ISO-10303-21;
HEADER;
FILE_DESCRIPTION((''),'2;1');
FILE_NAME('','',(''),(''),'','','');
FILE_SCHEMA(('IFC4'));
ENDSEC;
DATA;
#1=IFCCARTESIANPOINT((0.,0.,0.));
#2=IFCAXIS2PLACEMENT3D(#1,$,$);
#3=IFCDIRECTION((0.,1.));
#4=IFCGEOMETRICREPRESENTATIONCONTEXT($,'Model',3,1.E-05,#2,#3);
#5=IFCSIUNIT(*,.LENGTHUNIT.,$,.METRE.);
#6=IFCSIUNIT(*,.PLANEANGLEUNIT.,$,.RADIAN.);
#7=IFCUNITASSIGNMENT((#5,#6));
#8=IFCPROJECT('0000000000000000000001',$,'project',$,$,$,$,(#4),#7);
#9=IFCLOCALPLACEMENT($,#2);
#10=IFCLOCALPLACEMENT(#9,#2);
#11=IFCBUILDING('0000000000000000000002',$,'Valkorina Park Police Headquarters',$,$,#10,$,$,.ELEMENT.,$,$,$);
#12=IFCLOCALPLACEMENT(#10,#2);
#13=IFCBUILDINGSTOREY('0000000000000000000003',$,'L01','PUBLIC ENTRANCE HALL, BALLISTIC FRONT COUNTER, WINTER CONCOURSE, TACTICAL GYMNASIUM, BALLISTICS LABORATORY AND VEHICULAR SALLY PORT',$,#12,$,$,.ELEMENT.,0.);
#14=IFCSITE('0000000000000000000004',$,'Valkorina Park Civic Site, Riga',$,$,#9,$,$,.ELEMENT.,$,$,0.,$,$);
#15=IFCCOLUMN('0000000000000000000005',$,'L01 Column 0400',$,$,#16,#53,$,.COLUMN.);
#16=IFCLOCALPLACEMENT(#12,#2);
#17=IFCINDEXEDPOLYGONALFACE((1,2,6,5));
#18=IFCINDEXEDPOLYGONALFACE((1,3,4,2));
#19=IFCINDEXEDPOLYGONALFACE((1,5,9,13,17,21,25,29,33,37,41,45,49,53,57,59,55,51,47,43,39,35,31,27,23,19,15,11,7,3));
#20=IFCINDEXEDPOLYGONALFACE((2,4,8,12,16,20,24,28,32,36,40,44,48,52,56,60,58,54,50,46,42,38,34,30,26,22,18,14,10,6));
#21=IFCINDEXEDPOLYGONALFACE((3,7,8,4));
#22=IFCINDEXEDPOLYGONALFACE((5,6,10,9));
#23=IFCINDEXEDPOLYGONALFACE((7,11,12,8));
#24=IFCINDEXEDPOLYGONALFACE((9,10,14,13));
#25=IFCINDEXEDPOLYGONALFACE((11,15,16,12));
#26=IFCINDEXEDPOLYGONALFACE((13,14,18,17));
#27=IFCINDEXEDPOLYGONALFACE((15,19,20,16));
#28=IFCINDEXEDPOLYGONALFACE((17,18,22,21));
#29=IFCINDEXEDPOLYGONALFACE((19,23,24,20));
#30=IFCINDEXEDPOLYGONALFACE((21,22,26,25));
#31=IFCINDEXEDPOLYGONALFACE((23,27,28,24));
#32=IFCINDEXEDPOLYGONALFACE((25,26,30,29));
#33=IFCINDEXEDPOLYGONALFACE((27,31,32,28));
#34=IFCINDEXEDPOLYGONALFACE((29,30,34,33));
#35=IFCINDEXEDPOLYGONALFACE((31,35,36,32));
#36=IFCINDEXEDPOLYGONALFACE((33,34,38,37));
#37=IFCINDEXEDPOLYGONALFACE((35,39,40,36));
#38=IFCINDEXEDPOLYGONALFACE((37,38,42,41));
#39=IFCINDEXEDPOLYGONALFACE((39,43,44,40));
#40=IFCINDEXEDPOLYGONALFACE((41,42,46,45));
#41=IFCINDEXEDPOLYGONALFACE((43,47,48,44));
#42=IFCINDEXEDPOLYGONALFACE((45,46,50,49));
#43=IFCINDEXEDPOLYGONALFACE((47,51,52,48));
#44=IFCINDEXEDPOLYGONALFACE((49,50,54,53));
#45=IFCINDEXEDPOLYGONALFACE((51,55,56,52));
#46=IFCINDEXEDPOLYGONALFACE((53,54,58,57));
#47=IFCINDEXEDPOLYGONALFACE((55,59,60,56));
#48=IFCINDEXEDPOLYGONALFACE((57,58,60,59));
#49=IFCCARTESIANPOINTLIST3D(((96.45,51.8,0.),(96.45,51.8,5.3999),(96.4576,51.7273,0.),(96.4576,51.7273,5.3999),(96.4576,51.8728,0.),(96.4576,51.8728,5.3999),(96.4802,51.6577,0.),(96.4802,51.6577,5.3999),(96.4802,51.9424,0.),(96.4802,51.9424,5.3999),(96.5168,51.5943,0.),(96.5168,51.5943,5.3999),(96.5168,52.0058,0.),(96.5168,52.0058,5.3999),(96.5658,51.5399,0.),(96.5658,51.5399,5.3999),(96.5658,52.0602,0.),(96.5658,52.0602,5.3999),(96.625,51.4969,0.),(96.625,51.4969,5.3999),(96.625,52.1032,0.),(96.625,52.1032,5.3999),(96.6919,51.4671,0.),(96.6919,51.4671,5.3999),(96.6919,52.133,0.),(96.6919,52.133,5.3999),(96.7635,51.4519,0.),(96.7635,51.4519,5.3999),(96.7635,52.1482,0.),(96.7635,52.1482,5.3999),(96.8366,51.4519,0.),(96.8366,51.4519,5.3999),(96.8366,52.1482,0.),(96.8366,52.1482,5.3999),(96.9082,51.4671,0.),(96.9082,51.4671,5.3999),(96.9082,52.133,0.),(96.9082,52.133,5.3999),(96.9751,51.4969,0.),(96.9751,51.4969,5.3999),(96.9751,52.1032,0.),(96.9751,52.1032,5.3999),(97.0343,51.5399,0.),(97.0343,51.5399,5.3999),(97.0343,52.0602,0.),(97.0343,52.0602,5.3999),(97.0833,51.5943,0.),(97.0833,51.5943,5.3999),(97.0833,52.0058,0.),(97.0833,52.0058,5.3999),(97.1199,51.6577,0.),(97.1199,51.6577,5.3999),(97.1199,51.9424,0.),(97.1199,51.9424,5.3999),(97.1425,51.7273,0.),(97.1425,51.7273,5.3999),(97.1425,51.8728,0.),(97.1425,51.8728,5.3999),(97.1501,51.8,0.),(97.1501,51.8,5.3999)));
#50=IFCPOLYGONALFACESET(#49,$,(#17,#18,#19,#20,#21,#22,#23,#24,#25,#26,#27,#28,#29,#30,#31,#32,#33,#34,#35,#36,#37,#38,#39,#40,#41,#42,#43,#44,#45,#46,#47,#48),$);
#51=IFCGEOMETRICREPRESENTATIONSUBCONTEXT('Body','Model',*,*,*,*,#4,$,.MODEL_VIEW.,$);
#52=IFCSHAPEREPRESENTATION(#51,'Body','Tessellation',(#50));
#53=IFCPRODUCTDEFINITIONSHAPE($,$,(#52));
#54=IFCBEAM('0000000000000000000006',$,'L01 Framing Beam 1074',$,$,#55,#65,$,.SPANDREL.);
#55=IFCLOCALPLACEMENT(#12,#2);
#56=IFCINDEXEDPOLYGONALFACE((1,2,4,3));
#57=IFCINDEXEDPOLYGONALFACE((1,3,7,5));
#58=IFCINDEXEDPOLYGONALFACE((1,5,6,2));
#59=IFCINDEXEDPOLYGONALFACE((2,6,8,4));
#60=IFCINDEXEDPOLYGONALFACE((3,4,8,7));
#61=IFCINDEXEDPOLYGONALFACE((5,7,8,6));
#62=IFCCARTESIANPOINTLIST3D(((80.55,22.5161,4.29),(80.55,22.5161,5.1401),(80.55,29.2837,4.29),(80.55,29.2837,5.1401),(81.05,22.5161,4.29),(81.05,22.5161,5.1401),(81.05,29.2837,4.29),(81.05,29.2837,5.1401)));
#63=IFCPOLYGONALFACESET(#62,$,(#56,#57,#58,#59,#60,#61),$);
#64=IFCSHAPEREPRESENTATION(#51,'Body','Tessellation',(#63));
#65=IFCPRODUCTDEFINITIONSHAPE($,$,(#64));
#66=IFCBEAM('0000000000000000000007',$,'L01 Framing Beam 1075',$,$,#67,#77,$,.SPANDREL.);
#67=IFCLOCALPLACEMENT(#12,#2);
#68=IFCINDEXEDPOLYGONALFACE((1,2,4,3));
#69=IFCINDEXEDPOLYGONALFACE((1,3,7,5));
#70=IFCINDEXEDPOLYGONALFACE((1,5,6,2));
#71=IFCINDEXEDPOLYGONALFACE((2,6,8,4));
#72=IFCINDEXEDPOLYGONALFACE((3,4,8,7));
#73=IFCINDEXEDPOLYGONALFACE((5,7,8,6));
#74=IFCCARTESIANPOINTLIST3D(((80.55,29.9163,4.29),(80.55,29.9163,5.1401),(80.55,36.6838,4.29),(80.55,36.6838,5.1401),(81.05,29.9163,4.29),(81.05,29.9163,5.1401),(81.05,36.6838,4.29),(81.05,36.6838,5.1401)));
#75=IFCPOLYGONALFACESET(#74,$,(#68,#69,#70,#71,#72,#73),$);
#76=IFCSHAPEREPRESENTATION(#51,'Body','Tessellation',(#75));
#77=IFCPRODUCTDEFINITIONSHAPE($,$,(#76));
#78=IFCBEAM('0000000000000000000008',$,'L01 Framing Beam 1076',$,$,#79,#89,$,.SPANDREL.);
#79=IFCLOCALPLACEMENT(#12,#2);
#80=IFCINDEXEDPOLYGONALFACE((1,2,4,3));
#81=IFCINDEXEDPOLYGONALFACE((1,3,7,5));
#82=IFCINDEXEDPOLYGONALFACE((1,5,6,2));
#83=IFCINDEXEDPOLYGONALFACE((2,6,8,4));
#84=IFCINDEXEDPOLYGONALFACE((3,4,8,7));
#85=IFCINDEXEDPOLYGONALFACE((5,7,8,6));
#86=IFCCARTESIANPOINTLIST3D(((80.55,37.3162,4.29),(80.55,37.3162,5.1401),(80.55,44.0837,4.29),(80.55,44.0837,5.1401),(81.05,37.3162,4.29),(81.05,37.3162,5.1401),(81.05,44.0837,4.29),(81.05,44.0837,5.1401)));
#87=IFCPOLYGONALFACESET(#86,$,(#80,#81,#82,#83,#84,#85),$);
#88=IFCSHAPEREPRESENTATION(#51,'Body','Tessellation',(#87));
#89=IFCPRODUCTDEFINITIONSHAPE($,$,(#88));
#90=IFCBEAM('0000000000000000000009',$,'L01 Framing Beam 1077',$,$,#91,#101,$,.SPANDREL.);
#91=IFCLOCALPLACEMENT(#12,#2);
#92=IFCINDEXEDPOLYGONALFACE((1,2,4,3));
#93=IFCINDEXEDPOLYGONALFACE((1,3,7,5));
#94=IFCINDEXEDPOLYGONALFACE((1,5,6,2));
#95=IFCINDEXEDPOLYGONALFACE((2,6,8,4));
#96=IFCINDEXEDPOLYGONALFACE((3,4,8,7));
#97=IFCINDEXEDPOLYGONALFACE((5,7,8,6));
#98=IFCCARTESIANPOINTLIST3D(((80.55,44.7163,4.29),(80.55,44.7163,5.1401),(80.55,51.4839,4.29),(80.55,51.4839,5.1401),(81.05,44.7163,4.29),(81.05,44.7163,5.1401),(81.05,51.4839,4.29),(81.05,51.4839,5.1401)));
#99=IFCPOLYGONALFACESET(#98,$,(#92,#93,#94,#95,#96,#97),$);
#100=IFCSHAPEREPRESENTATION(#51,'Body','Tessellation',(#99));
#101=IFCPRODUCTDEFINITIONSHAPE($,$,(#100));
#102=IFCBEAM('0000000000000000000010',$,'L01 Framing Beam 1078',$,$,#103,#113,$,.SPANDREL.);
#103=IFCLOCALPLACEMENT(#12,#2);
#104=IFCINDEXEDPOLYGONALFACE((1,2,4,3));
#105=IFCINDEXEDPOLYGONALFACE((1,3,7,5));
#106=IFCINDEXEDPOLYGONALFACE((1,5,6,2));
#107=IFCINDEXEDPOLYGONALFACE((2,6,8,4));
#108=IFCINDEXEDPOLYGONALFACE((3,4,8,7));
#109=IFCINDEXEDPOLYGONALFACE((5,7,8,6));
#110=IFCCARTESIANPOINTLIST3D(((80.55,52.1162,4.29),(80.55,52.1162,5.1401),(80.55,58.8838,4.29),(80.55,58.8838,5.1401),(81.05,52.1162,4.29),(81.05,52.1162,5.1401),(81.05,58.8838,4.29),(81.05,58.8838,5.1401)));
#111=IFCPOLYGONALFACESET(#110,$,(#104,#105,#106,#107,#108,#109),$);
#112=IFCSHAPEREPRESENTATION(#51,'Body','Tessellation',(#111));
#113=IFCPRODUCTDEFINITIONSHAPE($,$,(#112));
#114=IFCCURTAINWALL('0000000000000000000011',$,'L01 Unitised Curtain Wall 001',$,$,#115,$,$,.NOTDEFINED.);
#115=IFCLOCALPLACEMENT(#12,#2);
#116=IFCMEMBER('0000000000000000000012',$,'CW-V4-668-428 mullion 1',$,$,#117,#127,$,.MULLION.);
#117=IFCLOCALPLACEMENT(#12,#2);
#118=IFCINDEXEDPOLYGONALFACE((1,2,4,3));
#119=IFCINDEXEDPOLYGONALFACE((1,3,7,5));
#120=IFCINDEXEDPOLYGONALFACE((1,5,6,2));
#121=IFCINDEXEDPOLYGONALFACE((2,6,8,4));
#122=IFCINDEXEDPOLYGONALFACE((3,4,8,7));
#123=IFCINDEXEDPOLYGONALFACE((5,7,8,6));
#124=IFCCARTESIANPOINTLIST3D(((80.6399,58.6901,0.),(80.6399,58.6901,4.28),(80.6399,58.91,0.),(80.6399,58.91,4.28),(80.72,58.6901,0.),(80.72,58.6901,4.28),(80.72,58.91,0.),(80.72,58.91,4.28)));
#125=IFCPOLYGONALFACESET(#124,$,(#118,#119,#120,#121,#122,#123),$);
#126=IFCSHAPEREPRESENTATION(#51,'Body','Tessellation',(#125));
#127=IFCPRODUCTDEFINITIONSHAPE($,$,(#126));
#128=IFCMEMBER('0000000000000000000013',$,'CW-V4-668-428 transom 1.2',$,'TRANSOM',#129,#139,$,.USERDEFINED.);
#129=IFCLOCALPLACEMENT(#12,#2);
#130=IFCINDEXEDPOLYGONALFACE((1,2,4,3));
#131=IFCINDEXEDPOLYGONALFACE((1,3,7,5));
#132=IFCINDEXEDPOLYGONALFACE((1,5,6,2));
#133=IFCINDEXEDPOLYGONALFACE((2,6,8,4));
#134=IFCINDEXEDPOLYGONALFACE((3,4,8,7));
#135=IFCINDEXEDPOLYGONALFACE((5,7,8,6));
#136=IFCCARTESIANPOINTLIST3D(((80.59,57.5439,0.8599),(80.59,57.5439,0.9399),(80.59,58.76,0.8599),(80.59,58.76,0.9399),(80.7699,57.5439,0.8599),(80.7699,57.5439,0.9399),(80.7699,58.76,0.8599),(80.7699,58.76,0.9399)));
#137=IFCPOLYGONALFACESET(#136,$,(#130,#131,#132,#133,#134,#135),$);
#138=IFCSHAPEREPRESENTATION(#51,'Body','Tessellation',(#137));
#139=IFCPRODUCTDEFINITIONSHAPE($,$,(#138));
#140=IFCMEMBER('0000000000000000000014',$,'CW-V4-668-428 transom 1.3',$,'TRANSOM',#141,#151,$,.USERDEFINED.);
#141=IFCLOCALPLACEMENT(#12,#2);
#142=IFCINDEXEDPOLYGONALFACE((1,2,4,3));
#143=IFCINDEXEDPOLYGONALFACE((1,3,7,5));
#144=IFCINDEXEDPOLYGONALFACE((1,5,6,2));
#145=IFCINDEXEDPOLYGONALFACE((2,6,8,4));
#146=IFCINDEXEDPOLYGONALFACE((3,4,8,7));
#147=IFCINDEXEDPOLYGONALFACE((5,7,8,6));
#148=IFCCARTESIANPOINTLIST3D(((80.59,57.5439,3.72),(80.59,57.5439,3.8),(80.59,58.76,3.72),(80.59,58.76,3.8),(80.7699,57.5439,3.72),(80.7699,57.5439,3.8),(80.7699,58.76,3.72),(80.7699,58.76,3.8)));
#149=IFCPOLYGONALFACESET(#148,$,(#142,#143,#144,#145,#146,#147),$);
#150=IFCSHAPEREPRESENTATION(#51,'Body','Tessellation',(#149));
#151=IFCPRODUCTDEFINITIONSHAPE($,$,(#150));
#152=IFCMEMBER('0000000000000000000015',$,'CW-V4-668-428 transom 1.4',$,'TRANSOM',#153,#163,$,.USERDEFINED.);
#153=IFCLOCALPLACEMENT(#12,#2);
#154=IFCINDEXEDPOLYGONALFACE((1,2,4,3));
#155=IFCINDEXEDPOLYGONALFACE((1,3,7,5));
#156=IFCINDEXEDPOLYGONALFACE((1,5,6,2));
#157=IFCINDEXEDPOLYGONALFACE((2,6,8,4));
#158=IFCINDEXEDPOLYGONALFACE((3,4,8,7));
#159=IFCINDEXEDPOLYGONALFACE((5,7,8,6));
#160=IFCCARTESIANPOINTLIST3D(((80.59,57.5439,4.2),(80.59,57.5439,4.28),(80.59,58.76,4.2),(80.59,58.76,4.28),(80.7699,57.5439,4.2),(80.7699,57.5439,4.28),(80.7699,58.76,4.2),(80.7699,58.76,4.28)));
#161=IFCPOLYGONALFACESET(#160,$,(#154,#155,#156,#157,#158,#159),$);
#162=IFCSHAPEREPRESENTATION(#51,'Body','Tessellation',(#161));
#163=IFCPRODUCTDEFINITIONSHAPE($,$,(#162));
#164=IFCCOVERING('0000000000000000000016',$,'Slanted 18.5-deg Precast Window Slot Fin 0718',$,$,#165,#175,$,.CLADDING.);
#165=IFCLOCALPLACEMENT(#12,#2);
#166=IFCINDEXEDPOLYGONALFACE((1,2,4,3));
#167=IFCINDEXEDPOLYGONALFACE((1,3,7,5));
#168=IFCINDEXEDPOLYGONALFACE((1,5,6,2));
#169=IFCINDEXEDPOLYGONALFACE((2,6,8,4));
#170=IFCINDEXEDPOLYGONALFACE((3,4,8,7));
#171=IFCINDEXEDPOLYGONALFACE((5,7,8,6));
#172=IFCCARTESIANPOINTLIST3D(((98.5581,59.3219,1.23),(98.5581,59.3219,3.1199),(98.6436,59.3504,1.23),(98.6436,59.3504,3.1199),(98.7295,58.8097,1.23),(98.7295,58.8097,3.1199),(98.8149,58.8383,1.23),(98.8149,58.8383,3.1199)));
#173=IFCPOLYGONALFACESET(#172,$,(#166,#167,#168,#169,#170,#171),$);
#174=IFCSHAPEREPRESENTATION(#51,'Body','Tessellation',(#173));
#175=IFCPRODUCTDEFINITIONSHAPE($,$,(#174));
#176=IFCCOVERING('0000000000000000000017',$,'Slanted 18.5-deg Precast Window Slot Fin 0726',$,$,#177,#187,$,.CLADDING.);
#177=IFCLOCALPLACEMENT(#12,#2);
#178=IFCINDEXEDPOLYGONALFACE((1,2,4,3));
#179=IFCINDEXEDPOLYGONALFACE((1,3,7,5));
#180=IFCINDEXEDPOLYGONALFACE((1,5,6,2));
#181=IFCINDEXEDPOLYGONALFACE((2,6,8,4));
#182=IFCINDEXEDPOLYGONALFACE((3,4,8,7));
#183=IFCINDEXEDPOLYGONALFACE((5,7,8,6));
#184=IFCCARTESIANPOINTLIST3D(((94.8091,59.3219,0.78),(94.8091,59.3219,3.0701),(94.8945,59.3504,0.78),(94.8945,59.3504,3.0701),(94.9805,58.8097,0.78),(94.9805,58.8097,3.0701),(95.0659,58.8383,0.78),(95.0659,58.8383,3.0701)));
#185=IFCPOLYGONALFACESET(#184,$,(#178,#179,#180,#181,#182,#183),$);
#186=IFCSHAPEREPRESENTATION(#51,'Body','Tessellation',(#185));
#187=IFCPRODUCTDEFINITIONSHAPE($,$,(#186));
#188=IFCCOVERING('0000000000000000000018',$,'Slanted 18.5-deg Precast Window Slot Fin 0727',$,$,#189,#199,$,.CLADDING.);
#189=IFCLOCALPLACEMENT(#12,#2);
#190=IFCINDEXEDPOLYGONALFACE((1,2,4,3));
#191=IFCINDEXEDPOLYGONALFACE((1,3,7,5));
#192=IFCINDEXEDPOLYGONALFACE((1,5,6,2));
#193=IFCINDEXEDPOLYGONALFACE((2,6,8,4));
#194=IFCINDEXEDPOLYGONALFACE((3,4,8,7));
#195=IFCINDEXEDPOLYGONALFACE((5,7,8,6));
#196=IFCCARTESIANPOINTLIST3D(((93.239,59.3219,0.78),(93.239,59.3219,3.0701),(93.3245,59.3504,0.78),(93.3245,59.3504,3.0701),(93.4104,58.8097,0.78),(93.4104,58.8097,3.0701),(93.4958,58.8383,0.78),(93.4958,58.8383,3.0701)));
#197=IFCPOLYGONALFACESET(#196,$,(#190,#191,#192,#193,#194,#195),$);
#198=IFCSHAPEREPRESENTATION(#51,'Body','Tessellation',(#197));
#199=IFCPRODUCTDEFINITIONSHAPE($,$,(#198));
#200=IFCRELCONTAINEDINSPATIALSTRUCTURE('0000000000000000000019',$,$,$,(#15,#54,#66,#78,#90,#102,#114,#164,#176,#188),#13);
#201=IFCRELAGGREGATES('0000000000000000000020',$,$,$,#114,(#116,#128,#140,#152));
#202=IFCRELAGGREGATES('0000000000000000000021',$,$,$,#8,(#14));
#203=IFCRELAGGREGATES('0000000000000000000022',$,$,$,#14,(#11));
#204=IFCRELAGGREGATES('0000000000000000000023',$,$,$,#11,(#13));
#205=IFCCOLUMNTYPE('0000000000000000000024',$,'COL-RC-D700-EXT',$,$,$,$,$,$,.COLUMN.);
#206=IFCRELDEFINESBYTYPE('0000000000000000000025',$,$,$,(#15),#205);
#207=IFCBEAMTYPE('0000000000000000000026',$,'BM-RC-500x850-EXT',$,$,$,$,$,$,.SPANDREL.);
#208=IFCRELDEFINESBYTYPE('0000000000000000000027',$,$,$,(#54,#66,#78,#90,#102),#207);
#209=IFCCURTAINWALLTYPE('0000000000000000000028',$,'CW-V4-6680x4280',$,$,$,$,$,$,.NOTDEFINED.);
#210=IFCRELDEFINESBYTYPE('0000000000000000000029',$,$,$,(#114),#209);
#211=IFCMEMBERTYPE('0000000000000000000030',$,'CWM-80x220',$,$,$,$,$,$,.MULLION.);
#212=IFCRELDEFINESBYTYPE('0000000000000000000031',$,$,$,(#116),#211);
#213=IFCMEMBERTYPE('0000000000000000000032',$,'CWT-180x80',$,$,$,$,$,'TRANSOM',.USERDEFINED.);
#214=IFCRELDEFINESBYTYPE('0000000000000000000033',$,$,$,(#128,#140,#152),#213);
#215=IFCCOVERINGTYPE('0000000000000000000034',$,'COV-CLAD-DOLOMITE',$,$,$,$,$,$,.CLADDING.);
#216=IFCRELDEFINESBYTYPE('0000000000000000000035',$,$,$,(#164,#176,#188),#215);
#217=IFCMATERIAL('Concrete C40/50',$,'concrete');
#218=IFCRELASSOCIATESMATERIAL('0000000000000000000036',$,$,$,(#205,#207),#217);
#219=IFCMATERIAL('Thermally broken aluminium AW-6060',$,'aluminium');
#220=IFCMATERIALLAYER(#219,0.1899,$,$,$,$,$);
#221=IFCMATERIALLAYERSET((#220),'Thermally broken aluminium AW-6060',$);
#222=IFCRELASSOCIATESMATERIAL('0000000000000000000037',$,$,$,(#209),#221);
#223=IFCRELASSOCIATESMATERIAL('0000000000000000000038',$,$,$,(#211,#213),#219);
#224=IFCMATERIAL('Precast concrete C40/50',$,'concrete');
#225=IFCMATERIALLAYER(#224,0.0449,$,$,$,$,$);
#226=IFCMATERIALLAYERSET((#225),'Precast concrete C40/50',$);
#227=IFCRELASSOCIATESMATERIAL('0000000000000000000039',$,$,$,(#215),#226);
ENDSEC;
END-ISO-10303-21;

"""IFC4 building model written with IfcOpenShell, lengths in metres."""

from ifc_helpers import new_model, si_unit, direction, frame, origin, origin_2d, place, context, subcontext, project, spatial, rectangle, circle, extrude, material, layer, layer_set, material_profile, profile_set, type_object, element, aggregate, save


model = new_model("IFC4")

# Units and contexts
model_context = context("Model", 3, precision=1e-05, world=origin(), true_north=direction((0.0, 1.0)))
body_context = subcontext(model_context, "Body", "Model", "MODEL_VIEW")
ifc_project = project(units=[si_unit("LENGTHUNIT", "METRE"), si_unit("PLANEANGLEUNIT", "RADIAN")], contexts=[model_context])

# Site, building, storey
site_placement = place(None, origin())
site = spatial("IfcSite", under=ifc_project, at=site_placement, Name="Valkorina Park Civic Site, Riga", CompositionType="ELEMENT", RefElevation=0.0)
building_placement = place(site_placement, origin())
building = spatial("IfcBuilding", under=site, at=building_placement, Name="Valkorina Park Police Headquarters", CompositionType="ELEMENT")
storey_placement = place(building_placement, origin())
storey = spatial("IfcBuildingStorey", under=building, at=storey_placement, Name="L01", Description="PUBLIC ENTRANCE HALL, BALLISTIC FRONT COUNTER, WINTER CONCOURSE, TACTICAL GYMNASIUM, BALLISTICS LABORATORY AND VEHICULAR SALLY PORT", CompositionType="ELEMENT", Elevation=0.0)

# Column
ifc_material_1 = material(Name="Concrete C40/50", Category="concrete")
ifc_material_profile_1 = material_profile(ifc_material_1, circle(Radius=0.3501, at=origin_2d()), Name="RC COL D700")
ifc_profile_set_1 = profile_set([ifc_material_profile_1], Name="Concrete C40/50")
column_type = type_object("IfcColumnType", Name="COL-RC-D700-EXT", PredefinedType="COLUMN", material=ifc_profile_set_1)
for number, where, z_axis, x_axis, name in (
    (1, (96.8, 51.8, 0.0), (0.0, 0.0, 1.0), (1.0, 0.0, 0.0), "L01 Column 0400"),
):
    element("IfcColumn", number, at=place(storey_placement, frame(where, z_axis=z_axis, x_axis=x_axis)), inside=storey, type_object=column_type, Name=name, PredefinedType="COLUMN", context=body_context, shape_type="SweptSolid", body=[
        extrude(circle(Radius=0.3501, at=origin_2d()), origin(), (0.0, 0.0, 1.0), 5.3999),
    ])

# Beams
ifc_material_profile_2 = material_profile(ifc_material_1, rectangle(XDim=0.5, YDim=0.8501, at=origin_2d()), Name="RC BEAM 500x850")
ifc_profile_set_2 = profile_set([ifc_material_profile_2], Name="Concrete C40/50")
beam_type = type_object("IfcBeamType", Name="BM-RC-500x850-EXT", PredefinedType="SPANDREL", material=ifc_profile_set_2)
for number, where, z_axis, x_axis, name in (
    (2, (80.8, 22.5161, 4.7151), (0.0, 1.0, 0.0), (-1.0, 0.0, 0.0), "L01 Framing Beam 1074"),
    (3, (80.8, 29.9163, 4.7151), (0.0, 1.0, 0.0), (-1.0, 0.0, 0.0), "L01 Framing Beam 1075"),
    (4, (80.8, 37.3162, 4.7151), (0.0, 1.0, 0.0), (-1.0, 0.0, 0.0), "L01 Framing Beam 1076"),
    (5, (80.8, 44.7163, 4.7151), (0.0, 1.0, 0.0), (-1.0, 0.0, 0.0), "L01 Framing Beam 1077"),
    (6, (80.8, 52.1162, 4.7151), (0.0, 1.0, 0.0), (-1.0, 0.0, 0.0), "L01 Framing Beam 1078"),
):
    element("IfcBeam", number, at=place(storey_placement, frame(where, z_axis=z_axis, x_axis=x_axis)), inside=storey, type_object=beam_type, Name=name, PredefinedType="SPANDREL", context=body_context, shape_type="SweptSolid", body=[
        extrude(rectangle(XDim=0.5, YDim=0.8501, at=origin_2d()), origin(), (0.0, 0.0, 1.0), 6.7676),
    ])

# Curtain wall, members
ifc_material_2 = material(Name="Thermally broken aluminium AW-6060", Category="aluminium")
ifc_layer_1 = layer(ifc_material_2, 0.1899)
ifc_layer_set_1 = layer_set([ifc_layer_1], Name="Thermally broken aluminium AW-6060")
curtain_wall_type = type_object("IfcCurtainWallType", Name="CW-V4-6680x4280", PredefinedType="NOTDEFINED", material=ifc_layer_set_1)
curtain_wall_placement = place(storey_placement, origin())
curtain_wall = element("IfcCurtainWall", 7, at=curtain_wall_placement, inside=storey, type_object=curtain_wall_type, Name="L01 Unitised Curtain Wall 001", PredefinedType="NOTDEFINED")
ifc_material_profile_3 = material_profile(ifc_material_2, rectangle(XDim=0.0801, YDim=0.22, at=origin_2d()), Name="CWM-03 80x220")
ifc_profile_set_3 = profile_set([ifc_material_profile_3], Name="Thermally broken aluminium AW-6060")
member_type_1 = type_object("IfcMemberType", Name="CWM-80x220", PredefinedType="MULLION", material=ifc_profile_set_3)
member_1_placement = place(storey_placement, frame((80.6799, 58.8, 0.0), z_axis=(0.0, 0.0, 1.0), x_axis=(1.0, 0.0, 0.0)))
member_1 = element("IfcMember", 8, at=member_1_placement, type_object=member_type_1, Name="CW-V4-668-428 mullion 1", PredefinedType="MULLION", context=body_context, shape_type="SweptSolid", body=[
    extrude(rectangle(XDim=0.0801, YDim=0.22, at=origin_2d()), origin(), (0.0, 0.0, 1.0), 4.28),
])
ifc_material_profile_4 = material_profile(ifc_material_2, rectangle(XDim=0.1799, YDim=0.0801, at=origin_2d()), Name="CWT-03 180x80")
ifc_profile_set_4 = profile_set([ifc_material_profile_4], Name="Thermally broken aluminium AW-6060")
member_type_2 = type_object("IfcMemberType", Name="CWT-180x80", ElementType="TRANSOM", PredefinedType="USERDEFINED", material=ifc_profile_set_4)
member_2_placement = place(storey_placement, frame((80.6799, 58.76, 0.8999), z_axis=(0.0, -1.0, 0.0), x_axis=(1.0, 0.0, 0.0)))
member_2 = element("IfcMember", 9, at=member_2_placement, type_object=member_type_2, Name="CW-V4-668-428 transom 1.2", ObjectType="TRANSOM", PredefinedType="USERDEFINED", context=body_context, shape_type="SweptSolid", body=[
    extrude(rectangle(XDim=0.1799, YDim=0.0801, at=origin_2d()), origin(), (0.0, 0.0, 1.0), 1.2161),
])
member_3_placement = place(storey_placement, frame((80.6799, 58.76, 3.76), z_axis=(0.0, -1.0, 0.0), x_axis=(1.0, 0.0, 0.0)))
member_3 = element("IfcMember", 10, at=member_3_placement, type_object=member_type_2, Name="CW-V4-668-428 transom 1.3", ObjectType="TRANSOM", PredefinedType="USERDEFINED", context=body_context, shape_type="SweptSolid", body=[
    extrude(rectangle(XDim=0.1799, YDim=0.0801, at=origin_2d()), origin(), (0.0, 0.0, 1.0), 1.2161),
])
member_4_placement = place(storey_placement, frame((80.6799, 58.76, 4.24), z_axis=(0.0, -1.0, 0.0), x_axis=(1.0, 0.0, 0.0)))
member_4 = element("IfcMember", 11, at=member_4_placement, type_object=member_type_2, Name="CW-V4-668-428 transom 1.4", ObjectType="TRANSOM", PredefinedType="USERDEFINED", context=body_context, shape_type="SweptSolid", body=[
    extrude(rectangle(XDim=0.1799, YDim=0.0801, at=origin_2d()), origin(), (0.0, 0.0, 1.0), 1.2161),
])
aggregate(curtain_wall, [member_1, member_2, member_3, member_4])

# Coverings
ifc_material_3 = material(Name="Precast concrete C40/50", Category="concrete")
ifc_layer_2 = layer(ifc_material_3, 0.0449)
ifc_layer_set_2 = layer_set([ifc_layer_2], Name="Precast concrete C40/50")
covering_type = type_object("IfcCoveringType", Name="COV-CLAD-DOLOMITE", PredefinedType="CLADDING", material=ifc_layer_set_2)
covering_1_placement = place(storey_placement, frame((98.6865, 59.0801, 1.23), z_axis=(0.0, 0.0, 1.0), x_axis=(0.317305, -0.948324, 0.0)))
element("IfcCovering", 12, at=covering_1_placement, inside=storey, type_object=covering_type, Name="Slanted 18.5-deg Precast Window Slot Fin 0718", PredefinedType="CLADDING", context=body_context, shape_type="SweptSolid", body=[
    extrude(rectangle(XDim=0.54, YDim=0.0901, at=origin_2d()), origin(), (0.0, 0.0, 1.0), 1.8899),
])
for number, where, z_axis, x_axis, name in (
    (13, (94.9375, 59.0801, 0.78), (0.0, 0.0, 1.0), (0.317305, -0.948324, 0.0), "Slanted 18.5-deg Precast Window Slot Fin 0726"),
    (14, (93.3674, 59.0801, 0.78), (0.0, 0.0, 1.0), (0.317305, -0.948324, 0.0), "Slanted 18.5-deg Precast Window Slot Fin 0727"),
):
    element("IfcCovering", number, at=place(storey_placement, frame(where, z_axis=z_axis, x_axis=x_axis)), inside=storey, type_object=covering_type, Name=name, PredefinedType="CLADDING", context=body_context, shape_type="SweptSolid", body=[
        extrude(rectangle(XDim=0.54, YDim=0.0901, at=origin_2d()), origin(), (0.0, 0.0, 1.0), 2.29),
    ])

save(model, "model.ifc")
